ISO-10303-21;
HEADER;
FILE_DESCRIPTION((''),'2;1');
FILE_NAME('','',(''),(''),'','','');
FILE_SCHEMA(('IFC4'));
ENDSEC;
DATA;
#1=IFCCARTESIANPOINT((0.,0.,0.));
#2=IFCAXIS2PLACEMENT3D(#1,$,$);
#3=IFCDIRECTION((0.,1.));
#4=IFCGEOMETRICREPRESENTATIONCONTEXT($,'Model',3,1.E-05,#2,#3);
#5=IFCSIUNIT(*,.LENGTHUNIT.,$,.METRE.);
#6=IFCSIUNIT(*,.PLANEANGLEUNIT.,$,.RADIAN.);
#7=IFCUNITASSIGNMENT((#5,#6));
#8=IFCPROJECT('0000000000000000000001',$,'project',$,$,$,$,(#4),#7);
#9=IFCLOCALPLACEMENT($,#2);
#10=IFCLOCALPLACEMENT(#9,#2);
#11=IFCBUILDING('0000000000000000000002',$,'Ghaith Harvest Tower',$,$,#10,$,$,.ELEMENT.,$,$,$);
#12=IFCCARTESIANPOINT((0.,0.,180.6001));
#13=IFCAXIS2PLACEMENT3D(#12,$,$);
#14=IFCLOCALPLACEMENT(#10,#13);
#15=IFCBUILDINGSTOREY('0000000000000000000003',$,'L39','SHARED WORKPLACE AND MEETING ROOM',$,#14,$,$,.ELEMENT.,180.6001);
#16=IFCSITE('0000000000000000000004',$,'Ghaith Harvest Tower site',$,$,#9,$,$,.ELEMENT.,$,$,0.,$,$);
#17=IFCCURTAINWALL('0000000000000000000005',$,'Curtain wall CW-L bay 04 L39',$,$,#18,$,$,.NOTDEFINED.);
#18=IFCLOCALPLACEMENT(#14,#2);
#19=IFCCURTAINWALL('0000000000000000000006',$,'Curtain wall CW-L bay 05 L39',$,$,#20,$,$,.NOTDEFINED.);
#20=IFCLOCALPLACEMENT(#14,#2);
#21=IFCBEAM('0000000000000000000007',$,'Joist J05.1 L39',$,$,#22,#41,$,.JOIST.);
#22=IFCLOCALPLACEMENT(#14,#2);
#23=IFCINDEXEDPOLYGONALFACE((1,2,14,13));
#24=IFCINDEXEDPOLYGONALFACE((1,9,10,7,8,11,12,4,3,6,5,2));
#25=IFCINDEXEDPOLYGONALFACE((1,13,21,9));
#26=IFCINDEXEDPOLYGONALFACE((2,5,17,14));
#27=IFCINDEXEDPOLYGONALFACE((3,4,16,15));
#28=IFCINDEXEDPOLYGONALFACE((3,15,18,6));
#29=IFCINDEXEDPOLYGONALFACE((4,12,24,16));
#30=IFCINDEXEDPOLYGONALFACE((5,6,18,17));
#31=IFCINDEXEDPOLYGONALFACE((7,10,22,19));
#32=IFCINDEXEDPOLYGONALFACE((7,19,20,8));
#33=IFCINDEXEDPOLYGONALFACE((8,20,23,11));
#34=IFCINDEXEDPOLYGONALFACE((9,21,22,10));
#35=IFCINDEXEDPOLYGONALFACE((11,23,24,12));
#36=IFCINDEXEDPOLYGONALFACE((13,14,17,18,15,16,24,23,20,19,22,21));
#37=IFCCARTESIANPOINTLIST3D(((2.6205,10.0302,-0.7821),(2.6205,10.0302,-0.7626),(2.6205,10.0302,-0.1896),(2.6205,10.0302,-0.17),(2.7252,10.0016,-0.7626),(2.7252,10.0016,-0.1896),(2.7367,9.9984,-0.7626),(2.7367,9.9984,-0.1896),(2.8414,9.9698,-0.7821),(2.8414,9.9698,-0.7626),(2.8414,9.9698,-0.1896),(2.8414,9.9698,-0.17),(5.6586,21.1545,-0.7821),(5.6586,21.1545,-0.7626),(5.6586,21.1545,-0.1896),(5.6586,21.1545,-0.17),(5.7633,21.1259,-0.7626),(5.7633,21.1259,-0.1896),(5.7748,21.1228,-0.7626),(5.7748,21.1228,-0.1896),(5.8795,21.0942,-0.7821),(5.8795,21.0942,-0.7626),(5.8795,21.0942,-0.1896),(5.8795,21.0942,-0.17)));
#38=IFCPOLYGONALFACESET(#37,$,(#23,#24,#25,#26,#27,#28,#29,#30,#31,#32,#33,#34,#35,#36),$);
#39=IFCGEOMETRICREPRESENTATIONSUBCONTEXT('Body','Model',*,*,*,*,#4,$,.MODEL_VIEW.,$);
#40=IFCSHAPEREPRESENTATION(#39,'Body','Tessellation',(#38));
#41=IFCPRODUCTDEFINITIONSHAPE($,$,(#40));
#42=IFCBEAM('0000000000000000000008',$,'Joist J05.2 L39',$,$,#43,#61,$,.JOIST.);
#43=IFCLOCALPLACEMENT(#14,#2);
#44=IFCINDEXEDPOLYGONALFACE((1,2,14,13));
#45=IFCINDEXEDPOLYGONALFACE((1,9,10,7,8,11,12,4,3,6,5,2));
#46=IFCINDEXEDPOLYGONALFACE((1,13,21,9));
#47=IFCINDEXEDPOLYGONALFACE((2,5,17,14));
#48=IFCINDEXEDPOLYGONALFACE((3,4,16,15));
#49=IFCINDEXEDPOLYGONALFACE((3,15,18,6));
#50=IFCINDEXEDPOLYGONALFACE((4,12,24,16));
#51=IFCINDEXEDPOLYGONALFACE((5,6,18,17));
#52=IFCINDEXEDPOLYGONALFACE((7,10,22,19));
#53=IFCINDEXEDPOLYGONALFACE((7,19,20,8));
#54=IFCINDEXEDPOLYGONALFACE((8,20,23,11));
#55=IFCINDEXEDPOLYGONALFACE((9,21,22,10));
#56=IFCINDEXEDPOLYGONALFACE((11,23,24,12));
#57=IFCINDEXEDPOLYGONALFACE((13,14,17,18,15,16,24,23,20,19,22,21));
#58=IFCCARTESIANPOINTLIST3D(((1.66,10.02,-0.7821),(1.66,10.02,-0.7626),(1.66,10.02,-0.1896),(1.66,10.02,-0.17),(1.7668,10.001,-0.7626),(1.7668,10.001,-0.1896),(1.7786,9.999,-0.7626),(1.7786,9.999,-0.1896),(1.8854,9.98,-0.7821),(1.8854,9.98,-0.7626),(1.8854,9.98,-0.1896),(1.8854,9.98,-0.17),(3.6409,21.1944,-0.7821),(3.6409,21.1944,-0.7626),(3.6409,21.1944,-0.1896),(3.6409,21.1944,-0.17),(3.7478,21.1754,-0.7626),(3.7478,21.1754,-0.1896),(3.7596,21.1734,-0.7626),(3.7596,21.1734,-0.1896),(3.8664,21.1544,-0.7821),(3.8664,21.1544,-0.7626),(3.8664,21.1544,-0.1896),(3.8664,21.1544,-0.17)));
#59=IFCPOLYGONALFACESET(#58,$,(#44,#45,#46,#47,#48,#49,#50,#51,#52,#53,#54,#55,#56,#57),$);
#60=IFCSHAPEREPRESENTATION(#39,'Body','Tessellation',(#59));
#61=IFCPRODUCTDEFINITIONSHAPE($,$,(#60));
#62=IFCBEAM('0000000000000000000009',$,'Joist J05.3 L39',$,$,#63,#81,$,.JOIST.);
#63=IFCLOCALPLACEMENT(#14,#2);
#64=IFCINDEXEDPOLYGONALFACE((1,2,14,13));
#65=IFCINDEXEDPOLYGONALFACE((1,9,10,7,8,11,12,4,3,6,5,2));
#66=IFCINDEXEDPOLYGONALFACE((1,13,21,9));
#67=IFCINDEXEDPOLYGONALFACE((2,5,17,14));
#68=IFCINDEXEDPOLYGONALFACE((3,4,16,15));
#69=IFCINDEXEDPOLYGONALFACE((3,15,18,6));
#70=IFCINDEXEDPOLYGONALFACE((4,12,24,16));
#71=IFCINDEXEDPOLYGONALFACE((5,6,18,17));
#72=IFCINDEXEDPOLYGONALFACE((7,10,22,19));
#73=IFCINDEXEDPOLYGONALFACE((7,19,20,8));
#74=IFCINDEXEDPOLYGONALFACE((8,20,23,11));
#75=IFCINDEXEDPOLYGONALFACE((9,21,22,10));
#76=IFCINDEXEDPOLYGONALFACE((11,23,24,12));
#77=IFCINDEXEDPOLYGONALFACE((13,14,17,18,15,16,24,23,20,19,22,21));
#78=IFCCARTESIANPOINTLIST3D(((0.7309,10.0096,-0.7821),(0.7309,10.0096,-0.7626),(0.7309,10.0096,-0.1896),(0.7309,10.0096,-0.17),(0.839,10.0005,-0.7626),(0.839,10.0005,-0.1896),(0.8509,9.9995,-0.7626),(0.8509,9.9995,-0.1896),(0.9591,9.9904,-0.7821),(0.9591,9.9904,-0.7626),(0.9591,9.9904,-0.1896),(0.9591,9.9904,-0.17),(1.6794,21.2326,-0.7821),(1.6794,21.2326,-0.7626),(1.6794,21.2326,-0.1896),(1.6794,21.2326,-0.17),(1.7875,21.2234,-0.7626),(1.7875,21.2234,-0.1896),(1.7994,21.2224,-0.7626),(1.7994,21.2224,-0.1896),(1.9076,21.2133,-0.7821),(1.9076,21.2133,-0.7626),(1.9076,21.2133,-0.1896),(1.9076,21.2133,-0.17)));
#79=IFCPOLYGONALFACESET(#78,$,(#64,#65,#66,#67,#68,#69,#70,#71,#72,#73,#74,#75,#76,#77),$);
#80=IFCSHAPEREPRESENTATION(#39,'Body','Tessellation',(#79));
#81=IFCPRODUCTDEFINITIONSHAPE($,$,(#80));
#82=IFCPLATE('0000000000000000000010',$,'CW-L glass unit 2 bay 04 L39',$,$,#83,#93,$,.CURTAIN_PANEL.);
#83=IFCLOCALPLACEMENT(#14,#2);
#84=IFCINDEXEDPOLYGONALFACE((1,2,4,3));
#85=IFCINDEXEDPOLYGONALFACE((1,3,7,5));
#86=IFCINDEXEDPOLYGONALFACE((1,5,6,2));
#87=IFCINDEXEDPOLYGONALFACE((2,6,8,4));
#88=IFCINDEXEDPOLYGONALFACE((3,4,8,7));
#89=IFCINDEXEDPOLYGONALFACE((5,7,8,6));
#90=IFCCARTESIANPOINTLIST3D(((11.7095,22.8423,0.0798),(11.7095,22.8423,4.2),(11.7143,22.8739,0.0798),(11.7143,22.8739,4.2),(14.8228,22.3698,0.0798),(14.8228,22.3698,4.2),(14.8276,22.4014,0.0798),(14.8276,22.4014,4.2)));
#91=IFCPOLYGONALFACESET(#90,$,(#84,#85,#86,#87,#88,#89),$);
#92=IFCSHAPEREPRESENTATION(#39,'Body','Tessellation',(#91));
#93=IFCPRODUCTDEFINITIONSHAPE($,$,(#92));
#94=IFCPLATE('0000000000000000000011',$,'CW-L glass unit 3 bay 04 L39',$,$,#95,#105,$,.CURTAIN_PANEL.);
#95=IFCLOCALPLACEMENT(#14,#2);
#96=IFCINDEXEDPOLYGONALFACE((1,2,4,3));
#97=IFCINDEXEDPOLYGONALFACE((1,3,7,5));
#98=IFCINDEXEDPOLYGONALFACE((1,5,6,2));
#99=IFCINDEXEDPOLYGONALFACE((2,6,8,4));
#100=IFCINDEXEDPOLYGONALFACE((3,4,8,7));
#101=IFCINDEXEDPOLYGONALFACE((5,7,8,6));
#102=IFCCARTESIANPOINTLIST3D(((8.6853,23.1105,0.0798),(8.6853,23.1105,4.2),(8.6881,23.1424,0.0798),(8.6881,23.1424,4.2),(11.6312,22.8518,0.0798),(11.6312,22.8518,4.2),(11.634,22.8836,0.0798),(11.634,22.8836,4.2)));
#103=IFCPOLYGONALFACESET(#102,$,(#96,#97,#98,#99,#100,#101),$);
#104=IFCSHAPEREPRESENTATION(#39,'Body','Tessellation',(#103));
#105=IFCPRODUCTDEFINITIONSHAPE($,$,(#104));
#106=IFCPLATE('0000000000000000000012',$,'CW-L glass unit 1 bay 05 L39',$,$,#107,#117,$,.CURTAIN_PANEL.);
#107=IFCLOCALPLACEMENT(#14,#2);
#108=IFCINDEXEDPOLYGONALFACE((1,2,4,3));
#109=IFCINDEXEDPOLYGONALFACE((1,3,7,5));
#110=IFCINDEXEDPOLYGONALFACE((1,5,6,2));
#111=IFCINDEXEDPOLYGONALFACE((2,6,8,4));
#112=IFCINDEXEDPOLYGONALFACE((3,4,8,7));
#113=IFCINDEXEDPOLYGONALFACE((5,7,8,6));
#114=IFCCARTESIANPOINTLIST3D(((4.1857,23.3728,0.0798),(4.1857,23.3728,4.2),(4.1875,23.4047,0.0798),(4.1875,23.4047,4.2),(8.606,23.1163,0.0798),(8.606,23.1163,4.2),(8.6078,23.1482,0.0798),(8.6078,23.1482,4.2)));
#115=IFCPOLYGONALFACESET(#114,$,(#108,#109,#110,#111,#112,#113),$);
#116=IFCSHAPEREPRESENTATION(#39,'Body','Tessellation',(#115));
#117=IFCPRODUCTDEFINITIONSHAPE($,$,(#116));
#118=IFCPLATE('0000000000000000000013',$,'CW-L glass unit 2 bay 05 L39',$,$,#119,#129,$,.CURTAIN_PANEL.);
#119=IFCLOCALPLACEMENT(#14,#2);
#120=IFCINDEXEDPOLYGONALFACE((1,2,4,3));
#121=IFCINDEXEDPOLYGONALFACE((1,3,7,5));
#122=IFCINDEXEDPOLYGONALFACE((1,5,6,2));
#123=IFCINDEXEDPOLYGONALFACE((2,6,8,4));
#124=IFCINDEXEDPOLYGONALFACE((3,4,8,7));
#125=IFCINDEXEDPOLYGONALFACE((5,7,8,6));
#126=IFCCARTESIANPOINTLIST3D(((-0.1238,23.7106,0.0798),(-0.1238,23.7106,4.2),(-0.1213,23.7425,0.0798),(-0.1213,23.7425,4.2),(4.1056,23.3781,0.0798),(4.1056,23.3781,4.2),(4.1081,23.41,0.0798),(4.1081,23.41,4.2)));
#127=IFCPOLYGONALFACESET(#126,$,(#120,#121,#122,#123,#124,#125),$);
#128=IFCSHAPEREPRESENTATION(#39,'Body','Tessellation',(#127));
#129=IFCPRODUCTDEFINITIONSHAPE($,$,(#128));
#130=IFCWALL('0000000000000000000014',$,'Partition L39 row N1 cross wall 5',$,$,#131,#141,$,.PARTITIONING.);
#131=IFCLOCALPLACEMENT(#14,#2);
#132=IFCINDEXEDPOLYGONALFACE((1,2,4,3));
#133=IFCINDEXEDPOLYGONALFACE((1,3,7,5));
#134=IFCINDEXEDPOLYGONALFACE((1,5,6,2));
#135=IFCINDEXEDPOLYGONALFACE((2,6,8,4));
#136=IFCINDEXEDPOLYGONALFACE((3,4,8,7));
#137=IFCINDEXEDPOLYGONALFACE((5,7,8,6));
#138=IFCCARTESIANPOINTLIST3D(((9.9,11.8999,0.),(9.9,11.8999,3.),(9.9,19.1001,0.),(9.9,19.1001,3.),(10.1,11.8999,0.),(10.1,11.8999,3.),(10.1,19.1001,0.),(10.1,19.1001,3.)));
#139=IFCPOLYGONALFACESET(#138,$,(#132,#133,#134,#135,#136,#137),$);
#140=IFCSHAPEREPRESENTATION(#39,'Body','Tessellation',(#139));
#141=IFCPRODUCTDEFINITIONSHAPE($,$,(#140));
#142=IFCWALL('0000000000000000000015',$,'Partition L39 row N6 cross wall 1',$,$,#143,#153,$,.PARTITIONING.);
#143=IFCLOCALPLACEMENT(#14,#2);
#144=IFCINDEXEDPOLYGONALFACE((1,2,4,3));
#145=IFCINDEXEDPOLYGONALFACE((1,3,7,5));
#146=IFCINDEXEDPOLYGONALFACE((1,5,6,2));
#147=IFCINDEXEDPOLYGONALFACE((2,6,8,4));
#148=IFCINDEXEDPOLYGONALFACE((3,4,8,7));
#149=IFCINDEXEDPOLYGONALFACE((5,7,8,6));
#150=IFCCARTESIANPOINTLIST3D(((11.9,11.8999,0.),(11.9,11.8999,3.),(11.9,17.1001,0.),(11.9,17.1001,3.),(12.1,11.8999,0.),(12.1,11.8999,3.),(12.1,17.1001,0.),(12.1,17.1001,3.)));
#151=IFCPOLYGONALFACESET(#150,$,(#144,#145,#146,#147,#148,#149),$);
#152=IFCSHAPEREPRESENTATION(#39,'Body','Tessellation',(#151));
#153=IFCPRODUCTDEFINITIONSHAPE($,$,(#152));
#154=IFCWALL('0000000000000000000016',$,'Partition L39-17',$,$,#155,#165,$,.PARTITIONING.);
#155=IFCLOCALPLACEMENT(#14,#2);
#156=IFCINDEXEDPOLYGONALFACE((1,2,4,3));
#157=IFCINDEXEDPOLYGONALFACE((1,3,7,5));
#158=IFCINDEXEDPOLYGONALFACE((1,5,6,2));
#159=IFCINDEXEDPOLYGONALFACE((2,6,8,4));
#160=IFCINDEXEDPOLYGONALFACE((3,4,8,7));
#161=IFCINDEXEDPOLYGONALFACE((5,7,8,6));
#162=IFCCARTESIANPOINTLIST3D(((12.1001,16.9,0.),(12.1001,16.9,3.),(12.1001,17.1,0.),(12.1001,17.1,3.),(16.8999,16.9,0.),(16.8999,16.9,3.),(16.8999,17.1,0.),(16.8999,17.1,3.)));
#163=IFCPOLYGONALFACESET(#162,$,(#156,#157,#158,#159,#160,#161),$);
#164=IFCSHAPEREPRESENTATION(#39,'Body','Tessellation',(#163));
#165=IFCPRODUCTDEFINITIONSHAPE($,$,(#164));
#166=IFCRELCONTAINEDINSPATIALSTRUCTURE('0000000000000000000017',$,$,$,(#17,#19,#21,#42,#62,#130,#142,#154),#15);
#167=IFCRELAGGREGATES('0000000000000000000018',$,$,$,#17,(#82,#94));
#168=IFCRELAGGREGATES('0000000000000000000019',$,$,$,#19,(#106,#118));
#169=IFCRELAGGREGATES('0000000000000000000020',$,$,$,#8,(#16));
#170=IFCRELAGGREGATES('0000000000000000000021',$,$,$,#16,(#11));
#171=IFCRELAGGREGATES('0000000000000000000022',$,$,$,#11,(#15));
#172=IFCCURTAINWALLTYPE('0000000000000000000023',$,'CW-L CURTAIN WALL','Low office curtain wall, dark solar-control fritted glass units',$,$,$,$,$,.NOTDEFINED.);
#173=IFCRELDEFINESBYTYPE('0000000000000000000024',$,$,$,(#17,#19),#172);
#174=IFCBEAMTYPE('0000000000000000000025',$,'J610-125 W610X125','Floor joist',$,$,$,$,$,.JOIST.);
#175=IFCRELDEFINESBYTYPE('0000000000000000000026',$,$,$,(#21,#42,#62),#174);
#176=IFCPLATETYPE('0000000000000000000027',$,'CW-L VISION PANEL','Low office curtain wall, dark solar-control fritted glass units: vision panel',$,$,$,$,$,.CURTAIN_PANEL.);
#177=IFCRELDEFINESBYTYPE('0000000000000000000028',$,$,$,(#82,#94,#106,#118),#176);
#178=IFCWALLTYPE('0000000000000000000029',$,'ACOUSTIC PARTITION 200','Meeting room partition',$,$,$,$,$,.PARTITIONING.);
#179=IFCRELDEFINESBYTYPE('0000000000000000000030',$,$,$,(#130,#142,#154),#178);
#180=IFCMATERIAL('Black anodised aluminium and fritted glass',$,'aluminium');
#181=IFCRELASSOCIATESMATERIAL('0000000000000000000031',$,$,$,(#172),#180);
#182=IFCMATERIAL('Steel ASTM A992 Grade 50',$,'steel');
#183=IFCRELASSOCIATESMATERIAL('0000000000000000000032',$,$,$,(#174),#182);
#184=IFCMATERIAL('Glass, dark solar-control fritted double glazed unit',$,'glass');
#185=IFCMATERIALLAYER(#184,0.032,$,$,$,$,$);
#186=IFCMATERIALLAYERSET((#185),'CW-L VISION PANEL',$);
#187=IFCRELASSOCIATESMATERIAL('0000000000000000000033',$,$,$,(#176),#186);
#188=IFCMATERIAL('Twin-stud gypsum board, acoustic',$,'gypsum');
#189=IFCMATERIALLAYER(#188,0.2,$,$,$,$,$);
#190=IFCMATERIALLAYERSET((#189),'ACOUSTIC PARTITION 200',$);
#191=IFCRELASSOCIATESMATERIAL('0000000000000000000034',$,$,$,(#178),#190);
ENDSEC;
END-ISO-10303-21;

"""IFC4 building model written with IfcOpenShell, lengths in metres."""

from ifc_helpers import new_model, si_unit, direction, frame, frame_2d, origin, origin_2d, place, context, subcontext, project, spatial, rectangle, i_section, extrude, material, layer, layer_set, material_profile, profile_set, type_object, element, aggregate, save


model = new_model("IFC4")

# Units and contexts
model_context = context("Model", 3, precision=1e-05, world=origin(), true_north=direction((0.0, 1.0)))
body_context = subcontext(model_context, "Body", "Model", "MODEL_VIEW")
ifc_project = project(units=[si_unit("LENGTHUNIT", "METRE"), si_unit("PLANEANGLEUNIT", "RADIAN")], contexts=[model_context])

# Site, building, storey
site_placement = place(None, origin())
site = spatial("IfcSite", under=ifc_project, at=site_placement, Name="Ghaith Harvest Tower site", CompositionType="ELEMENT", RefElevation=0.0)
building_placement = place(site_placement, origin())
building = spatial("IfcBuilding", under=site, at=building_placement, Name="Ghaith Harvest Tower", CompositionType="ELEMENT")
storey_placement = place(building_placement, frame((0.0, 0.0, 180.6001)))
storey = spatial("IfcBuildingStorey", under=building, at=storey_placement, Name="L39", Description="SHARED WORKPLACE AND MEETING ROOM", CompositionType="ELEMENT", Elevation=180.6001)

# Curtain wall
ifc_material_1 = material(Name="Black anodised aluminium and fritted glass", Category="aluminium")
curtain_wall_type = type_object("IfcCurtainWallType", Name="CW-L CURTAIN WALL", Description="Low office curtain wall, dark solar-control fritted glass units", PredefinedType="NOTDEFINED", material=ifc_material_1)
curtain_wall_1_placement = place(storey_placement, origin())
curtain_wall_1 = element("IfcCurtainWall", 1, at=curtain_wall_1_placement, inside=storey, type_object=curtain_wall_type, Name="Curtain wall CW-L bay 04 L39", PredefinedType="NOTDEFINED")

# Curtain wall
curtain_wall_2_placement = place(storey_placement, origin())
curtain_wall_2 = element("IfcCurtainWall", 2, at=curtain_wall_2_placement, inside=storey, type_object=curtain_wall_type, Name="Curtain wall CW-L bay 05 L39", PredefinedType="NOTDEFINED")

# Beams
ifc_material_2 = material(Name="Steel ASTM A992 Grade 50", Category="steel")
ifc_material_profile_1 = material_profile(ifc_material_2, i_section(OverallWidth=0.229, OverallDepth=0.6121, WebThickness=0.012, FlangeThickness=0.0195, at=origin_2d()), Name="W610X125")
ifc_profile_set_1 = profile_set([ifc_material_profile_1], Name="Steel ASTM A992 Grade 50")
beam_type_1 = type_object("IfcBeamType", Name="J610-125 W610X125", Description="Floor joist", PredefinedType="JOIST", material=ifc_profile_set_1)
beam_1_placement = place(storey_placement, frame((2.731, 10.0, -0.4761), z_axis=(0.263456, 0.964671, 0.0), x_axis=(-0.964671, 0.263456, 0.0)))
element("IfcBeam", 3, at=beam_1_placement, inside=storey, type_object=beam_type_1, Name="Joist J05.1 L39", PredefinedType="JOIST", context=body_context, shape_type="SweptSolid", body=[
    extrude(i_section(OverallWidth=0.229, OverallDepth=0.6121, WebThickness=0.012, FlangeThickness=0.0195, at=origin_2d()), origin(), (0.0, 0.0, 1.0), 11.5317),
])
beam_2_placement = place(storey_placement, frame((1.7727, 10.0, -0.4761), z_axis=(0.174556, 0.984647, 0.0), x_axis=(-0.984647, 0.174556, 0.0)))
element("IfcBeam", 4, at=beam_2_placement, inside=storey, type_object=beam_type_1, Name="Joist J05.2 L39", PredefinedType="JOIST", context=body_context, shape_type="SweptSolid", body=[
    extrude(i_section(OverallWidth=0.229, OverallDepth=0.6121, WebThickness=0.012, FlangeThickness=0.0195, at=origin_2d()), origin(), (0.0, 0.0, 1.0), 11.3486),
])
beam_3_placement = place(storey_placement, frame((0.845, 10.0, -0.4761), z_axis=(0.084213, 0.996448, 0.0), x_axis=(-0.996448, 0.084213, 0.0)))
element("IfcBeam", 5, at=beam_3_placement, inside=storey, type_object=beam_type_1, Name="Joist J05.3 L39", PredefinedType="JOIST", context=body_context, shape_type="SweptSolid", body=[
    extrude(i_section(OverallWidth=0.229, OverallDepth=0.6121, WebThickness=0.012, FlangeThickness=0.0195, at=origin_2d()), origin(), (0.0, 0.0, 1.0), 11.2629),
])

# Plates
ifc_material_3 = material(Name="Glass, dark solar-control fritted double glazed unit", Category="glass")
ifc_layer_1 = layer(ifc_material_3, 0.032)
ifc_layer_set_1 = layer_set([ifc_layer_1], Name="CW-L VISION PANEL")
plate_type = type_object("IfcPlateType", Name="CW-L VISION PANEL", Description="Low office curtain wall, dark solar-control fritted glass units: vision panel", PredefinedType="CURTAIN_PANEL", material=ifc_layer_set_1)
plate_1_placement = place(storey_placement, frame((13.2686, 22.6218, 0.0798), z_axis=(0.0, 0.0, 1.0), x_axis=(-0.988679, 0.150048, 0.0)))
plate_1 = element("IfcPlate", 6, at=plate_1_placement, type_object=plate_type, Name="CW-L glass unit 2 bay 04 L39", PredefinedType="CURTAIN_PANEL", context=body_context, shape_type="SweptSolid", body=[
    extrude(rectangle(XDim=3.1489, YDim=0.032, at=origin_2d()), origin(), (0.0, 0.0, 1.0), 4.1201),
])
plate_2_placement = place(storey_placement, frame((10.1597, 22.9971, 0.0798), z_axis=(0.0, 0.0, 1.0), x_axis=(-0.996166, 0.087481, 0.0)))
plate_2 = element("IfcPlate", 7, at=plate_2_placement, type_object=plate_type, Name="CW-L glass unit 3 bay 04 L39", PredefinedType="CURTAIN_PANEL", context=body_context, shape_type="SweptSolid", body=[
    extrude(rectangle(XDim=2.9573, YDim=0.032, at=origin_2d()), origin(), (0.0, 0.0, 1.0), 4.1201),
])
aggregate(curtain_wall_1, [plate_1, plate_2])
plate_3_placement = place(storey_placement, frame((6.3967, 23.2605, 0.0798), z_axis=(0.0, 0.0, 1.0), x_axis=(-0.998321, 0.057927, 0.0)))
plate_3 = element("IfcPlate", 8, at=plate_3_placement, type_object=plate_type, Name="CW-L glass unit 1 bay 05 L39", PredefinedType="CURTAIN_PANEL", context=body_context, shape_type="SweptSolid", body=[
    extrude(rectangle(XDim=4.4277, YDim=0.032, at=origin_2d()), origin(), (0.0, 0.0, 1.0), 4.1201),
])
plate_4_placement = place(storey_placement, frame((1.9922, 23.5603, 0.0798), z_axis=(0.0, 0.0, 1.0), x_axis=(-0.996925, 0.07836, 0.0)))
plate_4 = element("IfcPlate", 9, at=plate_4_placement, type_object=plate_type, Name="CW-L glass unit 2 bay 05 L39", PredefinedType="CURTAIN_PANEL", context=body_context, shape_type="SweptSolid", body=[
    extrude(rectangle(XDim=4.2424, YDim=0.032, at=origin_2d()), origin(), (0.0, 0.0, 1.0), 4.1201),
])
aggregate(curtain_wall_2, [plate_3, plate_4])

# Walls
ifc_material_4 = material(Name="Twin-stud gypsum board, acoustic", Category="gypsum")
ifc_layer_2 = layer(ifc_material_4, 0.2)
ifc_layer_set_2 = layer_set([ifc_layer_2], Name="ACOUSTIC PARTITION 200")
wall_type = type_object("IfcWallType", Name="ACOUSTIC PARTITION 200", Description="Meeting room partition", PredefinedType="PARTITIONING", material=ifc_layer_set_2)
wall_1_placement = place(storey_placement, frame((10.0, 11.8999, 0.0), z_axis=(0.0, 0.0, 1.0), x_axis=(0.0, 1.0, 0.0)))
element("IfcWall", 10, at=wall_1_placement, inside=storey, type_object=wall_type, Name="Partition L39 row N1 cross wall 5", PredefinedType="PARTITIONING", context=body_context, shape_type="SweptSolid", body=[
    extrude(rectangle(XDim=7.2002, YDim=0.2, at=frame_2d((3.6001, 0.0))), origin(), (0.0, 0.0, 1.0), 3.0),
])
wall_2_placement = place(storey_placement, frame((12.0, 11.8999, 0.0), z_axis=(0.0, 0.0, 1.0), x_axis=(0.0, 1.0, 0.0)))
element("IfcWall", 11, at=wall_2_placement, inside=storey, type_object=wall_type, Name="Partition L39 row N6 cross wall 1", PredefinedType="PARTITIONING", context=body_context, shape_type="SweptSolid", body=[
    extrude(rectangle(XDim=5.2002, YDim=0.2, at=frame_2d((2.6001, 0.0))), origin(), (0.0, 0.0, 1.0), 3.0),
])

# Wall
wall_3_placement = place(storey_placement, frame((12.1001, 17.0, 0.0), z_axis=(0.0, 0.0, 1.0), x_axis=(1.0, 0.0, 0.0)))
element("IfcWall", 12, at=wall_3_placement, inside=storey, type_object=wall_type, Name="Partition L39-17", PredefinedType="PARTITIONING", context=body_context, shape_type="SweptSolid", body=[
    extrude(rectangle(XDim=4.7998, YDim=0.2, at=frame_2d((2.3999, 0.0))), origin(), (0.0, 0.0, 1.0), 3.0),
])

save(model, "model.ifc")
